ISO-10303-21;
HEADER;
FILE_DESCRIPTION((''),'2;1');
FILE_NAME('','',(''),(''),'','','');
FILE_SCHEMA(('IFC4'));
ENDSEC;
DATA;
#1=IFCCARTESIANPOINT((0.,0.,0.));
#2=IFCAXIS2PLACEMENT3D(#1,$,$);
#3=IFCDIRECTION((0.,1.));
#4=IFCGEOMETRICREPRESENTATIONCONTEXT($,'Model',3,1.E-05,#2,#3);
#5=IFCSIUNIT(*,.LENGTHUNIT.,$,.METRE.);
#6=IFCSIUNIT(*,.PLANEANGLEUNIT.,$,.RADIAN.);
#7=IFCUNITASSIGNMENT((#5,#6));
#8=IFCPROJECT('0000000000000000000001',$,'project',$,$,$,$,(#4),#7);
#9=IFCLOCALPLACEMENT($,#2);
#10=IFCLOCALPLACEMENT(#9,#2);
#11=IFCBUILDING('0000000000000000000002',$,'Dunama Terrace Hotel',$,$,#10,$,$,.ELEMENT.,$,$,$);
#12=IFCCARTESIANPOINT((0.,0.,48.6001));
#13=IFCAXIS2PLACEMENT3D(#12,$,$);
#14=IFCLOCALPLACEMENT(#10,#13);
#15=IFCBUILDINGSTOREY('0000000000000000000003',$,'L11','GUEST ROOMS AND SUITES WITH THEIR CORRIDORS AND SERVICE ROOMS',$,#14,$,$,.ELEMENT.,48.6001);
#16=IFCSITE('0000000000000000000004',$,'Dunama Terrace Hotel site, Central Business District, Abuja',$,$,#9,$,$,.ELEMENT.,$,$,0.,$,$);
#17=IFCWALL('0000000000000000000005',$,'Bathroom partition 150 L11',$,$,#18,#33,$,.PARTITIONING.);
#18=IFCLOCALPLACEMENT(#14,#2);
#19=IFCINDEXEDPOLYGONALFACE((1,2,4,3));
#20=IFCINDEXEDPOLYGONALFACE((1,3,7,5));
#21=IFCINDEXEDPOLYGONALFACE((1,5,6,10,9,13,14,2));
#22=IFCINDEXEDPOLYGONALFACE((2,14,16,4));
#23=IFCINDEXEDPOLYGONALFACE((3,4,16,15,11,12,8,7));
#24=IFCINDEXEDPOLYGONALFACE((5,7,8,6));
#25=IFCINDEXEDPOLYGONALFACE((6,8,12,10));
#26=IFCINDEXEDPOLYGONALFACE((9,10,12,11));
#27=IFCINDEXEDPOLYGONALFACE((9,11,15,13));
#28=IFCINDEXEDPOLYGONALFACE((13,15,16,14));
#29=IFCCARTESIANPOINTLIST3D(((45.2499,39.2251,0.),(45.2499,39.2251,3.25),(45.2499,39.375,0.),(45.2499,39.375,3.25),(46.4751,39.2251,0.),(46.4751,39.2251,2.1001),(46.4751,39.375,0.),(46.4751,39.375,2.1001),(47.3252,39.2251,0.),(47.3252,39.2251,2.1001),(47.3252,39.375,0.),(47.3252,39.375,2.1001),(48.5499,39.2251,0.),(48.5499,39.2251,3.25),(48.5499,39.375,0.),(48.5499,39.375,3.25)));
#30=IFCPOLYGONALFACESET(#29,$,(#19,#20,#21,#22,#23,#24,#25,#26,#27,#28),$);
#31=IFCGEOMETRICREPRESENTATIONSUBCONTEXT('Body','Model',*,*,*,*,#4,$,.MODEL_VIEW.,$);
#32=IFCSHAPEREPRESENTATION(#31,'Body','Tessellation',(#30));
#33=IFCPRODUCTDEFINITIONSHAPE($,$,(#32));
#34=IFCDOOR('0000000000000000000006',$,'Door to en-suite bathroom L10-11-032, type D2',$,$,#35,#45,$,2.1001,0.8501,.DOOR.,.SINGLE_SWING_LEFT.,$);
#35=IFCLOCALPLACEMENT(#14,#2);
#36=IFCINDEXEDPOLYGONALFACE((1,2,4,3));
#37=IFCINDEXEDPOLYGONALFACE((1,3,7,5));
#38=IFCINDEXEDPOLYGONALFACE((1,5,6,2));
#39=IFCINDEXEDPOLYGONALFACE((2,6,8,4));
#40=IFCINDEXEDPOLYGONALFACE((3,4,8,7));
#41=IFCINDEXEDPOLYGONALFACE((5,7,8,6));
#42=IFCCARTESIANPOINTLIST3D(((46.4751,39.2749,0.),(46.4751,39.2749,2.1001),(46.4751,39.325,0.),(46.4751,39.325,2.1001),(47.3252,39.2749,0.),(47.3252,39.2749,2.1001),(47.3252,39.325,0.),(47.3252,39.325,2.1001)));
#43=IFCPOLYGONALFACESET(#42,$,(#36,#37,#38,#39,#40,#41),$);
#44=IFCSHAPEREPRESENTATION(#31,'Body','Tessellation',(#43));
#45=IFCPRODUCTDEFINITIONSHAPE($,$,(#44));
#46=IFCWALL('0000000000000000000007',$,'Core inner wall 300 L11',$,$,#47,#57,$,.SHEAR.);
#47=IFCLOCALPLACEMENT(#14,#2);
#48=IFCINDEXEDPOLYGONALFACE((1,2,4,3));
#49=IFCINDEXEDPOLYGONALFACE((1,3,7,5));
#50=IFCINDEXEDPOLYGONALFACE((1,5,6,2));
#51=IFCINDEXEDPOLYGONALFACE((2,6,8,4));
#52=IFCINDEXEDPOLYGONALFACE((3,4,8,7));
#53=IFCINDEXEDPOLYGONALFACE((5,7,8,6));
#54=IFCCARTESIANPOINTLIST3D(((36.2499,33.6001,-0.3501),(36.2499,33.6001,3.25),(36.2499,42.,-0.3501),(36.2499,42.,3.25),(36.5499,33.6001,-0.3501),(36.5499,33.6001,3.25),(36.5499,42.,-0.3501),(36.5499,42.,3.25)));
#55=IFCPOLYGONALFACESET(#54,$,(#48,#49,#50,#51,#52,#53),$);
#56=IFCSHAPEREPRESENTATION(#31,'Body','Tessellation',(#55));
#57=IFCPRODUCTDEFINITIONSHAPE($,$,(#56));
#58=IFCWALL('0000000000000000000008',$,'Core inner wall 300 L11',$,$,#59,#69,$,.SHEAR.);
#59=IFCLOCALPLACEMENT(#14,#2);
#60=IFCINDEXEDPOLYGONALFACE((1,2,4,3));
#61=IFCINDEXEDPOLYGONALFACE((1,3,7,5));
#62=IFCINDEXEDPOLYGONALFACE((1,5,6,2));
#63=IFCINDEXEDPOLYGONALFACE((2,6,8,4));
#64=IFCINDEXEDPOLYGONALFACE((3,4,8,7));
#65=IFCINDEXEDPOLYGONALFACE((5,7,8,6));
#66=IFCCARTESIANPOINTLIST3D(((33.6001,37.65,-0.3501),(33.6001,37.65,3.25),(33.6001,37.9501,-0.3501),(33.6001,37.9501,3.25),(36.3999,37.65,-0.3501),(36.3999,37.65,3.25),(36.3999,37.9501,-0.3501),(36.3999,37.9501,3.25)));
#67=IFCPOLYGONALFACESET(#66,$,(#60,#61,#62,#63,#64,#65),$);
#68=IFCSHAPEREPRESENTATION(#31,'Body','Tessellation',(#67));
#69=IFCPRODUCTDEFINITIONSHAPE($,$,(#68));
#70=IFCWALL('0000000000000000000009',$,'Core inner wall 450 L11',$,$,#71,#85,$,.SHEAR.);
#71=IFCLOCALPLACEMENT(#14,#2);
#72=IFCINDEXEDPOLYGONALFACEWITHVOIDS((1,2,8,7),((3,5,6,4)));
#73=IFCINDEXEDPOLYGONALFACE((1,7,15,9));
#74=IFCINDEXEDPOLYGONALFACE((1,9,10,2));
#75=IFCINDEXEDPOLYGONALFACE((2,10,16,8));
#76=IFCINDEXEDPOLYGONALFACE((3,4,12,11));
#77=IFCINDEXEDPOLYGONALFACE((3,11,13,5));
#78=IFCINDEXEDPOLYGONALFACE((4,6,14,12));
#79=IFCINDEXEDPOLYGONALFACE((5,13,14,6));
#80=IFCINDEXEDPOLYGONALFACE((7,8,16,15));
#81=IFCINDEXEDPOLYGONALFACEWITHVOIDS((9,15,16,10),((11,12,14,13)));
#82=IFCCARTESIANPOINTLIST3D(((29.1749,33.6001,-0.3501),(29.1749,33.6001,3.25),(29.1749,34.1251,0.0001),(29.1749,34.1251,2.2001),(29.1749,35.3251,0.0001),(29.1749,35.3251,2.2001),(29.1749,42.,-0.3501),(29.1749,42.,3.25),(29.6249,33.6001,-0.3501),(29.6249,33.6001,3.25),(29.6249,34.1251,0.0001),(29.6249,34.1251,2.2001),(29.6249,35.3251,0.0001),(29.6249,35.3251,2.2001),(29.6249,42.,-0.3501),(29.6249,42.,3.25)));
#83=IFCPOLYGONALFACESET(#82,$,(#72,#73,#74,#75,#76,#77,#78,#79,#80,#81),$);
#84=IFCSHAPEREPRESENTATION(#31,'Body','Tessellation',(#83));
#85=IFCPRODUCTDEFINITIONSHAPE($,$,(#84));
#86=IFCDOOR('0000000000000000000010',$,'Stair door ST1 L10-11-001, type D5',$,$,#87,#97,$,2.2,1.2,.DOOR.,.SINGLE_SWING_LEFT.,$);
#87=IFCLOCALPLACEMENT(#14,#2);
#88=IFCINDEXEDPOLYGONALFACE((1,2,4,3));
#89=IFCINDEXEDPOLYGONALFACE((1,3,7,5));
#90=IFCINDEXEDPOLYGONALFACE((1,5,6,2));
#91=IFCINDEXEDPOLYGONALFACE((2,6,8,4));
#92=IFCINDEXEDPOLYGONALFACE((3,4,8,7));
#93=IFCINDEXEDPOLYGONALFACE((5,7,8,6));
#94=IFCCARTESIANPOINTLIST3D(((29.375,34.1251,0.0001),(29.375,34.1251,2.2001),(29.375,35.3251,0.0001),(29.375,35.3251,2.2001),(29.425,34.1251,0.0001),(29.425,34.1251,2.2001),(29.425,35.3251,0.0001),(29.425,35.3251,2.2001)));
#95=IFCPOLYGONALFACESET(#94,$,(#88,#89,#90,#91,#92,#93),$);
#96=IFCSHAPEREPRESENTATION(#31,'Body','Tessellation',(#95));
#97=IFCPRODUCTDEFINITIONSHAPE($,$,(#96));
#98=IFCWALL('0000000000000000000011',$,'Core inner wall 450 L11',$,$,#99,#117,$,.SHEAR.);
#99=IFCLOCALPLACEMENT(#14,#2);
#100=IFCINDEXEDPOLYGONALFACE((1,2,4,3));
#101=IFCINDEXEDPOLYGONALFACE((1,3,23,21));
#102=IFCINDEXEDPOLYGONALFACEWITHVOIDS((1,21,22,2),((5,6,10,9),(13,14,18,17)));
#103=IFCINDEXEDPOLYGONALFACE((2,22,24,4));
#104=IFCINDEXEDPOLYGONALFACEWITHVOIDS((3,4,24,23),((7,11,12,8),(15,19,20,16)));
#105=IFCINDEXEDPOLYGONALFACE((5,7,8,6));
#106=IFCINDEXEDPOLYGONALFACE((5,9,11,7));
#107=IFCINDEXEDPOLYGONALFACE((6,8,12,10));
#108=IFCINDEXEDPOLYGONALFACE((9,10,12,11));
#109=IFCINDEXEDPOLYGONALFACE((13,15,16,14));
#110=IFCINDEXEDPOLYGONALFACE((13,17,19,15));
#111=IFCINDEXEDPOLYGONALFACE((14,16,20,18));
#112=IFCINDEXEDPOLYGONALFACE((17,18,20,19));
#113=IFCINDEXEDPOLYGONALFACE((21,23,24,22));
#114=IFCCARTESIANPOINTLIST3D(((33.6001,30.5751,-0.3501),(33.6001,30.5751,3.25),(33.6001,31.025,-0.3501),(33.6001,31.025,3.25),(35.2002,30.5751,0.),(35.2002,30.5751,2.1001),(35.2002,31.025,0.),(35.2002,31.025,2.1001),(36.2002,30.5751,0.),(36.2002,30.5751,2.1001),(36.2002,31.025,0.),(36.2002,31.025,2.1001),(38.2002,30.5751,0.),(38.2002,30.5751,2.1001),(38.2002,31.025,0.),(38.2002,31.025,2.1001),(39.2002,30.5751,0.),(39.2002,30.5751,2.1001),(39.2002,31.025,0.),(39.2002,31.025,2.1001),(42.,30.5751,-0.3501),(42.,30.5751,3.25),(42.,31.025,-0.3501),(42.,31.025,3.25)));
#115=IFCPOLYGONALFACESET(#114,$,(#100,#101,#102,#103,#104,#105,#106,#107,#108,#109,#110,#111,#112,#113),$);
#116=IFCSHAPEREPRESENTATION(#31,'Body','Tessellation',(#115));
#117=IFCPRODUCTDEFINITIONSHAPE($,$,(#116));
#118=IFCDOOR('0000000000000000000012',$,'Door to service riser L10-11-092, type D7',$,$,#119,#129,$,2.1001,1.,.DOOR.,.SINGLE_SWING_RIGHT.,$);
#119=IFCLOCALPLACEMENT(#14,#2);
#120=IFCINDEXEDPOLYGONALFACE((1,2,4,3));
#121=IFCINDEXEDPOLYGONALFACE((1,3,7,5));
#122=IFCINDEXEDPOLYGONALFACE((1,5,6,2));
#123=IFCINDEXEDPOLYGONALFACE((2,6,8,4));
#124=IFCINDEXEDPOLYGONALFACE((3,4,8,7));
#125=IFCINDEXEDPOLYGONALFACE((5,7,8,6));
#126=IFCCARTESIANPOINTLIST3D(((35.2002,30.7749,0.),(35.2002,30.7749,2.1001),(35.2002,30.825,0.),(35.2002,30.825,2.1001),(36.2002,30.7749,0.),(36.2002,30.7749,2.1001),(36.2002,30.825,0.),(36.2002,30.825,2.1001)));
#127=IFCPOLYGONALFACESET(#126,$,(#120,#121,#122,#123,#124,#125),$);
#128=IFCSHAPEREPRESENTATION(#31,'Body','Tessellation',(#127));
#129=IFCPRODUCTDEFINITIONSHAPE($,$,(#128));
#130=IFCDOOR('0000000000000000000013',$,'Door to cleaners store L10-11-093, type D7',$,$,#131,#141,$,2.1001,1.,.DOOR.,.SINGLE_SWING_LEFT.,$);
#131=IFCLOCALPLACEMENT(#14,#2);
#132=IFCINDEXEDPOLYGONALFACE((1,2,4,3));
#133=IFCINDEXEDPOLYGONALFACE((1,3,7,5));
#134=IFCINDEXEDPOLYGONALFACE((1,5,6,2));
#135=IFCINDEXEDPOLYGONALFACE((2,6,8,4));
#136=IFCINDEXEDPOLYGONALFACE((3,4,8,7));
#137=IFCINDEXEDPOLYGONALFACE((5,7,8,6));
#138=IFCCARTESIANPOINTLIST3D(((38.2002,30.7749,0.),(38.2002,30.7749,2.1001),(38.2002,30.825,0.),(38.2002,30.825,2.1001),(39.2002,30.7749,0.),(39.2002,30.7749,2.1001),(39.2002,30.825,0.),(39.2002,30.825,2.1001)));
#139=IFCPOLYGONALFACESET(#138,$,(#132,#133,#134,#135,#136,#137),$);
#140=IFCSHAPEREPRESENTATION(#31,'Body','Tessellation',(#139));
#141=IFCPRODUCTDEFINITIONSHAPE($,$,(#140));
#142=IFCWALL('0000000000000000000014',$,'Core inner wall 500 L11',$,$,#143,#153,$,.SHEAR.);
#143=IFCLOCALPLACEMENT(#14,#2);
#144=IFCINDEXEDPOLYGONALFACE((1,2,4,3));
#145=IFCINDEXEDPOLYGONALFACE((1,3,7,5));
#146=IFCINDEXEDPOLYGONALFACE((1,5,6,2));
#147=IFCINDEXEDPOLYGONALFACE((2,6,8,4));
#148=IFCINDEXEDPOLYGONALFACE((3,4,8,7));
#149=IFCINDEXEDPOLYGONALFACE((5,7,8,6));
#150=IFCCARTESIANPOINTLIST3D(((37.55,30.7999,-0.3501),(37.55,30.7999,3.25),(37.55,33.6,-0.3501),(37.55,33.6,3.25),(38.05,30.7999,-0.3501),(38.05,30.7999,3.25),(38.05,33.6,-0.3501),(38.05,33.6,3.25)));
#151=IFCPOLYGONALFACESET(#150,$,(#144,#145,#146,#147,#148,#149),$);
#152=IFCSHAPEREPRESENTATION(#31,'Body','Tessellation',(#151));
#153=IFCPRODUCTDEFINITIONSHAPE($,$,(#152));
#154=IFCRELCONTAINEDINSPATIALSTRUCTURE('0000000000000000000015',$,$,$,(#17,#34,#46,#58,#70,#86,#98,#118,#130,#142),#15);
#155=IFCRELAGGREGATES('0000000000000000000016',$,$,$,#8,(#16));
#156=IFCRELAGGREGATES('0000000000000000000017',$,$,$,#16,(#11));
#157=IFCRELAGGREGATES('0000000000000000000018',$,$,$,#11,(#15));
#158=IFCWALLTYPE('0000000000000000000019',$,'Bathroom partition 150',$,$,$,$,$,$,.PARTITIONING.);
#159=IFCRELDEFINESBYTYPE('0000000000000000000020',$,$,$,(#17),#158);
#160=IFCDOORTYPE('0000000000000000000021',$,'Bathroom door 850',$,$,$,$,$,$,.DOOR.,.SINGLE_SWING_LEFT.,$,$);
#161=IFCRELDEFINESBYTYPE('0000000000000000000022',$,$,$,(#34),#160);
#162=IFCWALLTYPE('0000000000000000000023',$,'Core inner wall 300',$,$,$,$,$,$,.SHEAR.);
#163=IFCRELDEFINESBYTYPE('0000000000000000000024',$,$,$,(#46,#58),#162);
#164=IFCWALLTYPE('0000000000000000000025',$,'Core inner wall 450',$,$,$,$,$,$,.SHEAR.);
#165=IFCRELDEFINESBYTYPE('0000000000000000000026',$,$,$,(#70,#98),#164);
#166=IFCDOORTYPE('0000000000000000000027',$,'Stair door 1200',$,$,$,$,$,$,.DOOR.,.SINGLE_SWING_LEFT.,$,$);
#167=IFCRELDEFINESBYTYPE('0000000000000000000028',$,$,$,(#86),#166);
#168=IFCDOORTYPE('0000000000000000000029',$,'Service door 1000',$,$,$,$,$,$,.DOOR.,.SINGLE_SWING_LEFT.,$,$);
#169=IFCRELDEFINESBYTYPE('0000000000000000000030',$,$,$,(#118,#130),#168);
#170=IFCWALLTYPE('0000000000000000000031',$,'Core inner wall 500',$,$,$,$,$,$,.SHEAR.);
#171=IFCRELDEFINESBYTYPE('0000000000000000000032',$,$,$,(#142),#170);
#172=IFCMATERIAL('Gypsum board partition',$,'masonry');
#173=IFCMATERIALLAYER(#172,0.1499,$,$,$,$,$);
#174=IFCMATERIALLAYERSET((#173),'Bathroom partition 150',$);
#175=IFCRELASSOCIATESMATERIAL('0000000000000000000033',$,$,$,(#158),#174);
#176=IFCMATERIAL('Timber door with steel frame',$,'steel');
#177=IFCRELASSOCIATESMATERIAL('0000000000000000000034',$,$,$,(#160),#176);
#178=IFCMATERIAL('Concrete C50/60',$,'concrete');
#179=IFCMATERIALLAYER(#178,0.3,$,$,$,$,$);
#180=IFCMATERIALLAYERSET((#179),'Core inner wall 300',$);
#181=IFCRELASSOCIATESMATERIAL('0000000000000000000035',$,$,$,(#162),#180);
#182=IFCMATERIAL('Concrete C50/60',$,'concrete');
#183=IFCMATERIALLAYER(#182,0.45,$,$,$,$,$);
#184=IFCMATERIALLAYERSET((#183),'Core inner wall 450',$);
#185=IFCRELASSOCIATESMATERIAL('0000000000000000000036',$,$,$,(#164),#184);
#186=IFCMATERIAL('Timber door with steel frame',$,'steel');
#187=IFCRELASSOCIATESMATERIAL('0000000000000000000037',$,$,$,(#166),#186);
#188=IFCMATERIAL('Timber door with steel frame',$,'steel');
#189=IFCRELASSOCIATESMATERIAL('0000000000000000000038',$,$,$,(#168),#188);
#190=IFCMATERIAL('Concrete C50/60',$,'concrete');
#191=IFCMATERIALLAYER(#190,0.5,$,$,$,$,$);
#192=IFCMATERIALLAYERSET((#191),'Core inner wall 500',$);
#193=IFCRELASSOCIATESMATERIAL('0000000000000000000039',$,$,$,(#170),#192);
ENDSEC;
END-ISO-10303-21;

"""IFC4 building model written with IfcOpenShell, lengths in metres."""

from ifc_helpers import new_model, si_unit, direction, frame, frame_2d, origin, place, context, subcontext, project, spatial, rectangle, extrude, material, layer, layer_set, type_object, element, fill, save


model = new_model("IFC4")

# Units and contexts
model_context = context("Model", 3, precision=1e-05, world=origin(), true_north=direction((0.0, 1.0)))
body_context = subcontext(model_context, "Body", "Model", "MODEL_VIEW")
ifc_project = project(units=[si_unit("LENGTHUNIT", "METRE"), si_unit("PLANEANGLEUNIT", "RADIAN")], contexts=[model_context])

# Site, building, storey
site_placement = place(None, origin())
site = spatial("IfcSite", under=ifc_project, at=site_placement, Name="Dunama Terrace Hotel site, Central Business District, Abuja", CompositionType="ELEMENT", RefElevation=0.0)
building_placement = place(site_placement, origin())
building = spatial("IfcBuilding", under=site, at=building_placement, Name="Dunama Terrace Hotel", CompositionType="ELEMENT")
storey_placement = place(building_placement, frame((0.0, 0.0, 48.6001)))
storey = spatial("IfcBuildingStorey", under=building, at=storey_placement, Name="L11", Description="GUEST ROOMS AND SUITES WITH THEIR CORRIDORS AND SERVICE ROOMS", CompositionType="ELEMENT", Elevation=48.6001)

# Wall, opening, door
ifc_material_1 = material(Name="Gypsum board partition", Category="masonry")
ifc_layer_1 = layer(ifc_material_1, 0.1499)
ifc_layer_set_1 = layer_set([ifc_layer_1], Name="Bathroom partition 150")
wall_type_1 = type_object("IfcWallType", Name="Bathroom partition 150", PredefinedType="PARTITIONING", material=ifc_layer_set_1)
wall_1_placement = place(storey_placement, frame((45.25, 39.3, 0.0), z_axis=(0.0, 0.0, 1.0), x_axis=(1.0, 0.0, 0.0)))
wall_1 = element("IfcWall", 1, at=wall_1_placement, inside=storey, type_object=wall_type_1, Name="Bathroom partition 150 L11", PredefinedType="PARTITIONING", context=body_context, shape_type="SweptSolid", body=[
    extrude(rectangle(XDim=3.3, YDim=0.1499, at=frame_2d((1.6499, 0.0))), origin(), (0.0, 0.0, 1.0), 3.25),
])
opening_1_placement = place(wall_1_placement, frame((1.2251, 0.0, 0.0)))
opening_1 = element("IfcOpeningElement", 2, at=opening_1_placement, cuts=wall_1, PredefinedType="OPENING", context=body_context, shape_type="SweptSolid", body=[
    extrude(rectangle(XDim=0.8501, YDim=2.1001, at=frame_2d((0.425, 1.05))), frame((0.0, 0.085, 0.0), z_axis=(0.0, -1.0, 0.0), x_axis=(1.0, 0.0, 0.0)), (0.0, 0.0, 1.0), 0.1699),
])
ifc_material_2 = material(Name="Timber door with steel frame", Category="steel")
door_type_1 = type_object("IfcDoorType", Name="Bathroom door 850", OperationType="SINGLE_SWING_LEFT", PredefinedType="DOOR", material=ifc_material_2)
door_1_placement = place(opening_1_placement, origin())
door_1 = element("IfcDoor", 3, at=door_1_placement, inside=storey, type_object=door_type_1, Name="Door to en-suite bathroom L10-11-032, type D2", OperationType="SINGLE_SWING_LEFT", OverallHeight=2.1001, OverallWidth=0.8501, PredefinedType="DOOR", context=body_context, shape_type="SweptSolid", body=[
    extrude(rectangle(XDim=0.8501, YDim=2.1001, at=frame_2d((0.425, 1.05))), frame((0.0, 0.0249, 0.0), z_axis=(0.0, -1.0, 0.0), x_axis=(1.0, 0.0, 0.0)), (0.0, 0.0, 1.0), 0.05),
])
fill(opening_1, door_1)

# Walls
ifc_material_3 = material(Name="Concrete C50/60", Category="concrete")
ifc_layer_2 = layer(ifc_material_3, 0.3)
ifc_layer_set_2 = layer_set([ifc_layer_2], Name="Core inner wall 300")
wall_type_2 = type_object("IfcWallType", Name="Core inner wall 300", PredefinedType="SHEAR", material=ifc_layer_set_2)
wall_2_placement = place(storey_placement, frame((36.3999, 33.6001, -0.3501), z_axis=(0.0, 0.0, 1.0), x_axis=(0.0, 1.0, 0.0)))
element("IfcWall", 4, at=wall_2_placement, inside=storey, type_object=wall_type_2, Name="Core inner wall 300 L11", PredefinedType="SHEAR", context=body_context, shape_type="SweptSolid", body=[
    extrude(rectangle(XDim=8.3999, YDim=0.3, at=frame_2d((4.2, 0.0))), origin(), (0.0, 0.0, 1.0), 3.6001),
])
wall_3_placement = place(storey_placement, frame((33.6001, 37.8, -0.3501), z_axis=(0.0, 0.0, 1.0), x_axis=(1.0, 0.0, 0.0)))
element("IfcWall", 5, at=wall_3_placement, inside=storey, type_object=wall_type_2, Name="Core inner wall 300 L11", PredefinedType="SHEAR", context=body_context, shape_type="SweptSolid", body=[
    extrude(rectangle(XDim=2.7998, YDim=0.3, at=frame_2d((1.3999, 0.0))), origin(), (0.0, 0.0, 1.0), 3.6001),
])

# Wall, opening, door
ifc_material_4 = material(Name="Concrete C50/60", Category="concrete")
ifc_layer_3 = layer(ifc_material_4, 0.45)
ifc_layer_set_3 = layer_set([ifc_layer_3], Name="Core inner wall 450")
wall_type_3 = type_object("IfcWallType", Name="Core inner wall 450", PredefinedType="SHEAR", material=ifc_layer_set_3)
wall_4_placement = place(storey_placement, frame((29.3999, 33.6001, -0.3501), z_axis=(0.0, 0.0, 1.0), x_axis=(0.0, 1.0, 0.0)))
wall_4 = element("IfcWall", 6, at=wall_4_placement, inside=storey, type_object=wall_type_3, Name="Core inner wall 450 L11", PredefinedType="SHEAR", context=body_context, shape_type="SweptSolid", body=[
    extrude(rectangle(XDim=8.3999, YDim=0.45, at=frame_2d((4.2, 0.0))), origin(), (0.0, 0.0, 1.0), 3.6001),
])
opening_2_placement = place(wall_4_placement, frame((0.5249, 0.0, 0.3501)))
opening_2 = element("IfcOpeningElement", 7, at=opening_2_placement, cuts=wall_4, PredefinedType="OPENING", context=body_context, shape_type="SweptSolid", body=[
    extrude(rectangle(XDim=1.2, YDim=2.2, at=frame_2d((0.6001, 1.1001))), frame((0.0, 0.2349, 0.0), z_axis=(0.0, -1.0, 0.0), x_axis=(1.0, 0.0, 0.0)), (0.0, 0.0, 1.0), 0.47),
])
ifc_material_5 = material(Name="Timber door with steel frame", Category="steel")
door_type_2 = type_object("IfcDoorType", Name="Stair door 1200", OperationType="SINGLE_SWING_LEFT", PredefinedType="DOOR", material=ifc_material_5)
door_2_placement = place(opening_2_placement, origin())
door_2 = element("IfcDoor", 8, at=door_2_placement, inside=storey, type_object=door_type_2, Name="Stair door ST1 L10-11-001, type D5", OperationType="SINGLE_SWING_LEFT", OverallHeight=2.2, OverallWidth=1.2, PredefinedType="DOOR", context=body_context, shape_type="SweptSolid", body=[
    extrude(rectangle(XDim=1.2, YDim=2.2, at=frame_2d((0.6001, 1.1001))), frame((0.0, 0.0249, 0.0), z_axis=(0.0, -1.0, 0.0), x_axis=(1.0, 0.0, 0.0)), (0.0, 0.0, 1.0), 0.05),
])
fill(opening_2, door_2)

# Wall, openings, doors
wall_5_placement = place(storey_placement, frame((33.6001, 30.8, -0.3501), z_axis=(0.0, 0.0, 1.0), x_axis=(1.0, 0.0, 0.0)))
wall_5 = element("IfcWall", 9, at=wall_5_placement, inside=storey, type_object=wall_type_3, Name="Core inner wall 450 L11", PredefinedType="SHEAR", context=body_context, shape_type="SweptSolid", body=[
    extrude(rectangle(XDim=8.3999, YDim=0.45, at=frame_2d((4.2, 0.0))), origin(), (0.0, 0.0, 1.0), 3.6001),
])
opening_3_placement = place(wall_5_placement, frame((1.6001, 0.0, 0.3501)))
opening_3 = element("IfcOpeningElement", 10, at=opening_3_placement, cuts=wall_5, PredefinedType="OPENING", context=body_context, shape_type="SweptSolid", body=[
    extrude(rectangle(XDim=1.0, YDim=2.1001, at=frame_2d((0.5, 1.05))), frame((0.0, 0.2349, 0.0), z_axis=(0.0, -1.0, 0.0), x_axis=(1.0, 0.0, 0.0)), (0.0, 0.0, 1.0), 0.47),
])
opening_4_placement = place(wall_5_placement, frame((4.6001, 0.0, 0.3501)))
opening_4 = element("IfcOpeningElement", 11, at=opening_4_placement, cuts=wall_5, PredefinedType="OPENING", context=body_context, shape_type="SweptSolid", body=[
    extrude(rectangle(XDim=1.0, YDim=2.1001, at=frame_2d((0.5, 1.05))), frame((0.0, 0.2349, 0.0), z_axis=(0.0, -1.0, 0.0), x_axis=(1.0, 0.0, 0.0)), (0.0, 0.0, 1.0), 0.47),
])
ifc_material_6 = material(Name="Timber door with steel frame", Category="steel")
door_type_3 = type_object("IfcDoorType", Name="Service door 1000", OperationType="SINGLE_SWING_LEFT", PredefinedType="DOOR", material=ifc_material_6)
door_3_placement = place(opening_3_placement, origin())
door_3 = element("IfcDoor", 12, at=door_3_placement, inside=storey, type_object=door_type_3, Name="Door to service riser L10-11-092, type D7", OperationType="SINGLE_SWING_RIGHT", OverallHeight=2.1001, OverallWidth=1.0, PredefinedType="DOOR", context=body_context, shape_type="SweptSolid", body=[
    extrude(rectangle(XDim=1.0, YDim=2.1001, at=frame_2d((0.5, 1.05))), frame((0.0, 0.0249, 0.0), z_axis=(0.0, -1.0, 0.0), x_axis=(1.0, 0.0, 0.0)), (0.0, 0.0, 1.0), 0.05),
])
fill(opening_3, door_3)
door_4_placement = place(opening_4_placement, origin())
door_4 = element("IfcDoor", 13, at=door_4_placement, inside=storey, type_object=door_type_3, Name="Door to cleaners store L10-11-093, type D7", OperationType="SINGLE_SWING_LEFT", OverallHeight=2.1001, OverallWidth=1.0, PredefinedType="DOOR", context=body_context, shape_type="SweptSolid", body=[
    extrude(rectangle(XDim=1.0, YDim=2.1001, at=frame_2d((0.5, 1.05))), frame((0.0, 0.0249, 0.0), z_axis=(0.0, -1.0, 0.0), x_axis=(1.0, 0.0, 0.0)), (0.0, 0.0, 1.0), 0.05),
])
fill(opening_4, door_4)

# Wall
ifc_material_7 = material(Name="Concrete C50/60", Category="concrete")
ifc_layer_4 = layer(ifc_material_7, 0.5)
ifc_layer_set_4 = layer_set([ifc_layer_4], Name="Core inner wall 500")
wall_type_4 = type_object("IfcWallType", Name="Core inner wall 500", PredefinedType="SHEAR", material=ifc_layer_set_4)
wall_6_placement = place(storey_placement, frame((37.8, 30.8, -0.3501), z_axis=(0.0, 0.0, 1.0), x_axis=(0.0, 1.0, 0.0)))
element("IfcWall", 14, at=wall_6_placement, inside=storey, type_object=wall_type_4, Name="Core inner wall 500 L11", PredefinedType="SHEAR", context=body_context, shape_type="SweptSolid", body=[
    extrude(rectangle(XDim=2.8, YDim=0.5, at=frame_2d((1.3999, 0.0))), origin(), (0.0, 0.0, 1.0), 3.6001),
])

save(model, "model.ifc")
